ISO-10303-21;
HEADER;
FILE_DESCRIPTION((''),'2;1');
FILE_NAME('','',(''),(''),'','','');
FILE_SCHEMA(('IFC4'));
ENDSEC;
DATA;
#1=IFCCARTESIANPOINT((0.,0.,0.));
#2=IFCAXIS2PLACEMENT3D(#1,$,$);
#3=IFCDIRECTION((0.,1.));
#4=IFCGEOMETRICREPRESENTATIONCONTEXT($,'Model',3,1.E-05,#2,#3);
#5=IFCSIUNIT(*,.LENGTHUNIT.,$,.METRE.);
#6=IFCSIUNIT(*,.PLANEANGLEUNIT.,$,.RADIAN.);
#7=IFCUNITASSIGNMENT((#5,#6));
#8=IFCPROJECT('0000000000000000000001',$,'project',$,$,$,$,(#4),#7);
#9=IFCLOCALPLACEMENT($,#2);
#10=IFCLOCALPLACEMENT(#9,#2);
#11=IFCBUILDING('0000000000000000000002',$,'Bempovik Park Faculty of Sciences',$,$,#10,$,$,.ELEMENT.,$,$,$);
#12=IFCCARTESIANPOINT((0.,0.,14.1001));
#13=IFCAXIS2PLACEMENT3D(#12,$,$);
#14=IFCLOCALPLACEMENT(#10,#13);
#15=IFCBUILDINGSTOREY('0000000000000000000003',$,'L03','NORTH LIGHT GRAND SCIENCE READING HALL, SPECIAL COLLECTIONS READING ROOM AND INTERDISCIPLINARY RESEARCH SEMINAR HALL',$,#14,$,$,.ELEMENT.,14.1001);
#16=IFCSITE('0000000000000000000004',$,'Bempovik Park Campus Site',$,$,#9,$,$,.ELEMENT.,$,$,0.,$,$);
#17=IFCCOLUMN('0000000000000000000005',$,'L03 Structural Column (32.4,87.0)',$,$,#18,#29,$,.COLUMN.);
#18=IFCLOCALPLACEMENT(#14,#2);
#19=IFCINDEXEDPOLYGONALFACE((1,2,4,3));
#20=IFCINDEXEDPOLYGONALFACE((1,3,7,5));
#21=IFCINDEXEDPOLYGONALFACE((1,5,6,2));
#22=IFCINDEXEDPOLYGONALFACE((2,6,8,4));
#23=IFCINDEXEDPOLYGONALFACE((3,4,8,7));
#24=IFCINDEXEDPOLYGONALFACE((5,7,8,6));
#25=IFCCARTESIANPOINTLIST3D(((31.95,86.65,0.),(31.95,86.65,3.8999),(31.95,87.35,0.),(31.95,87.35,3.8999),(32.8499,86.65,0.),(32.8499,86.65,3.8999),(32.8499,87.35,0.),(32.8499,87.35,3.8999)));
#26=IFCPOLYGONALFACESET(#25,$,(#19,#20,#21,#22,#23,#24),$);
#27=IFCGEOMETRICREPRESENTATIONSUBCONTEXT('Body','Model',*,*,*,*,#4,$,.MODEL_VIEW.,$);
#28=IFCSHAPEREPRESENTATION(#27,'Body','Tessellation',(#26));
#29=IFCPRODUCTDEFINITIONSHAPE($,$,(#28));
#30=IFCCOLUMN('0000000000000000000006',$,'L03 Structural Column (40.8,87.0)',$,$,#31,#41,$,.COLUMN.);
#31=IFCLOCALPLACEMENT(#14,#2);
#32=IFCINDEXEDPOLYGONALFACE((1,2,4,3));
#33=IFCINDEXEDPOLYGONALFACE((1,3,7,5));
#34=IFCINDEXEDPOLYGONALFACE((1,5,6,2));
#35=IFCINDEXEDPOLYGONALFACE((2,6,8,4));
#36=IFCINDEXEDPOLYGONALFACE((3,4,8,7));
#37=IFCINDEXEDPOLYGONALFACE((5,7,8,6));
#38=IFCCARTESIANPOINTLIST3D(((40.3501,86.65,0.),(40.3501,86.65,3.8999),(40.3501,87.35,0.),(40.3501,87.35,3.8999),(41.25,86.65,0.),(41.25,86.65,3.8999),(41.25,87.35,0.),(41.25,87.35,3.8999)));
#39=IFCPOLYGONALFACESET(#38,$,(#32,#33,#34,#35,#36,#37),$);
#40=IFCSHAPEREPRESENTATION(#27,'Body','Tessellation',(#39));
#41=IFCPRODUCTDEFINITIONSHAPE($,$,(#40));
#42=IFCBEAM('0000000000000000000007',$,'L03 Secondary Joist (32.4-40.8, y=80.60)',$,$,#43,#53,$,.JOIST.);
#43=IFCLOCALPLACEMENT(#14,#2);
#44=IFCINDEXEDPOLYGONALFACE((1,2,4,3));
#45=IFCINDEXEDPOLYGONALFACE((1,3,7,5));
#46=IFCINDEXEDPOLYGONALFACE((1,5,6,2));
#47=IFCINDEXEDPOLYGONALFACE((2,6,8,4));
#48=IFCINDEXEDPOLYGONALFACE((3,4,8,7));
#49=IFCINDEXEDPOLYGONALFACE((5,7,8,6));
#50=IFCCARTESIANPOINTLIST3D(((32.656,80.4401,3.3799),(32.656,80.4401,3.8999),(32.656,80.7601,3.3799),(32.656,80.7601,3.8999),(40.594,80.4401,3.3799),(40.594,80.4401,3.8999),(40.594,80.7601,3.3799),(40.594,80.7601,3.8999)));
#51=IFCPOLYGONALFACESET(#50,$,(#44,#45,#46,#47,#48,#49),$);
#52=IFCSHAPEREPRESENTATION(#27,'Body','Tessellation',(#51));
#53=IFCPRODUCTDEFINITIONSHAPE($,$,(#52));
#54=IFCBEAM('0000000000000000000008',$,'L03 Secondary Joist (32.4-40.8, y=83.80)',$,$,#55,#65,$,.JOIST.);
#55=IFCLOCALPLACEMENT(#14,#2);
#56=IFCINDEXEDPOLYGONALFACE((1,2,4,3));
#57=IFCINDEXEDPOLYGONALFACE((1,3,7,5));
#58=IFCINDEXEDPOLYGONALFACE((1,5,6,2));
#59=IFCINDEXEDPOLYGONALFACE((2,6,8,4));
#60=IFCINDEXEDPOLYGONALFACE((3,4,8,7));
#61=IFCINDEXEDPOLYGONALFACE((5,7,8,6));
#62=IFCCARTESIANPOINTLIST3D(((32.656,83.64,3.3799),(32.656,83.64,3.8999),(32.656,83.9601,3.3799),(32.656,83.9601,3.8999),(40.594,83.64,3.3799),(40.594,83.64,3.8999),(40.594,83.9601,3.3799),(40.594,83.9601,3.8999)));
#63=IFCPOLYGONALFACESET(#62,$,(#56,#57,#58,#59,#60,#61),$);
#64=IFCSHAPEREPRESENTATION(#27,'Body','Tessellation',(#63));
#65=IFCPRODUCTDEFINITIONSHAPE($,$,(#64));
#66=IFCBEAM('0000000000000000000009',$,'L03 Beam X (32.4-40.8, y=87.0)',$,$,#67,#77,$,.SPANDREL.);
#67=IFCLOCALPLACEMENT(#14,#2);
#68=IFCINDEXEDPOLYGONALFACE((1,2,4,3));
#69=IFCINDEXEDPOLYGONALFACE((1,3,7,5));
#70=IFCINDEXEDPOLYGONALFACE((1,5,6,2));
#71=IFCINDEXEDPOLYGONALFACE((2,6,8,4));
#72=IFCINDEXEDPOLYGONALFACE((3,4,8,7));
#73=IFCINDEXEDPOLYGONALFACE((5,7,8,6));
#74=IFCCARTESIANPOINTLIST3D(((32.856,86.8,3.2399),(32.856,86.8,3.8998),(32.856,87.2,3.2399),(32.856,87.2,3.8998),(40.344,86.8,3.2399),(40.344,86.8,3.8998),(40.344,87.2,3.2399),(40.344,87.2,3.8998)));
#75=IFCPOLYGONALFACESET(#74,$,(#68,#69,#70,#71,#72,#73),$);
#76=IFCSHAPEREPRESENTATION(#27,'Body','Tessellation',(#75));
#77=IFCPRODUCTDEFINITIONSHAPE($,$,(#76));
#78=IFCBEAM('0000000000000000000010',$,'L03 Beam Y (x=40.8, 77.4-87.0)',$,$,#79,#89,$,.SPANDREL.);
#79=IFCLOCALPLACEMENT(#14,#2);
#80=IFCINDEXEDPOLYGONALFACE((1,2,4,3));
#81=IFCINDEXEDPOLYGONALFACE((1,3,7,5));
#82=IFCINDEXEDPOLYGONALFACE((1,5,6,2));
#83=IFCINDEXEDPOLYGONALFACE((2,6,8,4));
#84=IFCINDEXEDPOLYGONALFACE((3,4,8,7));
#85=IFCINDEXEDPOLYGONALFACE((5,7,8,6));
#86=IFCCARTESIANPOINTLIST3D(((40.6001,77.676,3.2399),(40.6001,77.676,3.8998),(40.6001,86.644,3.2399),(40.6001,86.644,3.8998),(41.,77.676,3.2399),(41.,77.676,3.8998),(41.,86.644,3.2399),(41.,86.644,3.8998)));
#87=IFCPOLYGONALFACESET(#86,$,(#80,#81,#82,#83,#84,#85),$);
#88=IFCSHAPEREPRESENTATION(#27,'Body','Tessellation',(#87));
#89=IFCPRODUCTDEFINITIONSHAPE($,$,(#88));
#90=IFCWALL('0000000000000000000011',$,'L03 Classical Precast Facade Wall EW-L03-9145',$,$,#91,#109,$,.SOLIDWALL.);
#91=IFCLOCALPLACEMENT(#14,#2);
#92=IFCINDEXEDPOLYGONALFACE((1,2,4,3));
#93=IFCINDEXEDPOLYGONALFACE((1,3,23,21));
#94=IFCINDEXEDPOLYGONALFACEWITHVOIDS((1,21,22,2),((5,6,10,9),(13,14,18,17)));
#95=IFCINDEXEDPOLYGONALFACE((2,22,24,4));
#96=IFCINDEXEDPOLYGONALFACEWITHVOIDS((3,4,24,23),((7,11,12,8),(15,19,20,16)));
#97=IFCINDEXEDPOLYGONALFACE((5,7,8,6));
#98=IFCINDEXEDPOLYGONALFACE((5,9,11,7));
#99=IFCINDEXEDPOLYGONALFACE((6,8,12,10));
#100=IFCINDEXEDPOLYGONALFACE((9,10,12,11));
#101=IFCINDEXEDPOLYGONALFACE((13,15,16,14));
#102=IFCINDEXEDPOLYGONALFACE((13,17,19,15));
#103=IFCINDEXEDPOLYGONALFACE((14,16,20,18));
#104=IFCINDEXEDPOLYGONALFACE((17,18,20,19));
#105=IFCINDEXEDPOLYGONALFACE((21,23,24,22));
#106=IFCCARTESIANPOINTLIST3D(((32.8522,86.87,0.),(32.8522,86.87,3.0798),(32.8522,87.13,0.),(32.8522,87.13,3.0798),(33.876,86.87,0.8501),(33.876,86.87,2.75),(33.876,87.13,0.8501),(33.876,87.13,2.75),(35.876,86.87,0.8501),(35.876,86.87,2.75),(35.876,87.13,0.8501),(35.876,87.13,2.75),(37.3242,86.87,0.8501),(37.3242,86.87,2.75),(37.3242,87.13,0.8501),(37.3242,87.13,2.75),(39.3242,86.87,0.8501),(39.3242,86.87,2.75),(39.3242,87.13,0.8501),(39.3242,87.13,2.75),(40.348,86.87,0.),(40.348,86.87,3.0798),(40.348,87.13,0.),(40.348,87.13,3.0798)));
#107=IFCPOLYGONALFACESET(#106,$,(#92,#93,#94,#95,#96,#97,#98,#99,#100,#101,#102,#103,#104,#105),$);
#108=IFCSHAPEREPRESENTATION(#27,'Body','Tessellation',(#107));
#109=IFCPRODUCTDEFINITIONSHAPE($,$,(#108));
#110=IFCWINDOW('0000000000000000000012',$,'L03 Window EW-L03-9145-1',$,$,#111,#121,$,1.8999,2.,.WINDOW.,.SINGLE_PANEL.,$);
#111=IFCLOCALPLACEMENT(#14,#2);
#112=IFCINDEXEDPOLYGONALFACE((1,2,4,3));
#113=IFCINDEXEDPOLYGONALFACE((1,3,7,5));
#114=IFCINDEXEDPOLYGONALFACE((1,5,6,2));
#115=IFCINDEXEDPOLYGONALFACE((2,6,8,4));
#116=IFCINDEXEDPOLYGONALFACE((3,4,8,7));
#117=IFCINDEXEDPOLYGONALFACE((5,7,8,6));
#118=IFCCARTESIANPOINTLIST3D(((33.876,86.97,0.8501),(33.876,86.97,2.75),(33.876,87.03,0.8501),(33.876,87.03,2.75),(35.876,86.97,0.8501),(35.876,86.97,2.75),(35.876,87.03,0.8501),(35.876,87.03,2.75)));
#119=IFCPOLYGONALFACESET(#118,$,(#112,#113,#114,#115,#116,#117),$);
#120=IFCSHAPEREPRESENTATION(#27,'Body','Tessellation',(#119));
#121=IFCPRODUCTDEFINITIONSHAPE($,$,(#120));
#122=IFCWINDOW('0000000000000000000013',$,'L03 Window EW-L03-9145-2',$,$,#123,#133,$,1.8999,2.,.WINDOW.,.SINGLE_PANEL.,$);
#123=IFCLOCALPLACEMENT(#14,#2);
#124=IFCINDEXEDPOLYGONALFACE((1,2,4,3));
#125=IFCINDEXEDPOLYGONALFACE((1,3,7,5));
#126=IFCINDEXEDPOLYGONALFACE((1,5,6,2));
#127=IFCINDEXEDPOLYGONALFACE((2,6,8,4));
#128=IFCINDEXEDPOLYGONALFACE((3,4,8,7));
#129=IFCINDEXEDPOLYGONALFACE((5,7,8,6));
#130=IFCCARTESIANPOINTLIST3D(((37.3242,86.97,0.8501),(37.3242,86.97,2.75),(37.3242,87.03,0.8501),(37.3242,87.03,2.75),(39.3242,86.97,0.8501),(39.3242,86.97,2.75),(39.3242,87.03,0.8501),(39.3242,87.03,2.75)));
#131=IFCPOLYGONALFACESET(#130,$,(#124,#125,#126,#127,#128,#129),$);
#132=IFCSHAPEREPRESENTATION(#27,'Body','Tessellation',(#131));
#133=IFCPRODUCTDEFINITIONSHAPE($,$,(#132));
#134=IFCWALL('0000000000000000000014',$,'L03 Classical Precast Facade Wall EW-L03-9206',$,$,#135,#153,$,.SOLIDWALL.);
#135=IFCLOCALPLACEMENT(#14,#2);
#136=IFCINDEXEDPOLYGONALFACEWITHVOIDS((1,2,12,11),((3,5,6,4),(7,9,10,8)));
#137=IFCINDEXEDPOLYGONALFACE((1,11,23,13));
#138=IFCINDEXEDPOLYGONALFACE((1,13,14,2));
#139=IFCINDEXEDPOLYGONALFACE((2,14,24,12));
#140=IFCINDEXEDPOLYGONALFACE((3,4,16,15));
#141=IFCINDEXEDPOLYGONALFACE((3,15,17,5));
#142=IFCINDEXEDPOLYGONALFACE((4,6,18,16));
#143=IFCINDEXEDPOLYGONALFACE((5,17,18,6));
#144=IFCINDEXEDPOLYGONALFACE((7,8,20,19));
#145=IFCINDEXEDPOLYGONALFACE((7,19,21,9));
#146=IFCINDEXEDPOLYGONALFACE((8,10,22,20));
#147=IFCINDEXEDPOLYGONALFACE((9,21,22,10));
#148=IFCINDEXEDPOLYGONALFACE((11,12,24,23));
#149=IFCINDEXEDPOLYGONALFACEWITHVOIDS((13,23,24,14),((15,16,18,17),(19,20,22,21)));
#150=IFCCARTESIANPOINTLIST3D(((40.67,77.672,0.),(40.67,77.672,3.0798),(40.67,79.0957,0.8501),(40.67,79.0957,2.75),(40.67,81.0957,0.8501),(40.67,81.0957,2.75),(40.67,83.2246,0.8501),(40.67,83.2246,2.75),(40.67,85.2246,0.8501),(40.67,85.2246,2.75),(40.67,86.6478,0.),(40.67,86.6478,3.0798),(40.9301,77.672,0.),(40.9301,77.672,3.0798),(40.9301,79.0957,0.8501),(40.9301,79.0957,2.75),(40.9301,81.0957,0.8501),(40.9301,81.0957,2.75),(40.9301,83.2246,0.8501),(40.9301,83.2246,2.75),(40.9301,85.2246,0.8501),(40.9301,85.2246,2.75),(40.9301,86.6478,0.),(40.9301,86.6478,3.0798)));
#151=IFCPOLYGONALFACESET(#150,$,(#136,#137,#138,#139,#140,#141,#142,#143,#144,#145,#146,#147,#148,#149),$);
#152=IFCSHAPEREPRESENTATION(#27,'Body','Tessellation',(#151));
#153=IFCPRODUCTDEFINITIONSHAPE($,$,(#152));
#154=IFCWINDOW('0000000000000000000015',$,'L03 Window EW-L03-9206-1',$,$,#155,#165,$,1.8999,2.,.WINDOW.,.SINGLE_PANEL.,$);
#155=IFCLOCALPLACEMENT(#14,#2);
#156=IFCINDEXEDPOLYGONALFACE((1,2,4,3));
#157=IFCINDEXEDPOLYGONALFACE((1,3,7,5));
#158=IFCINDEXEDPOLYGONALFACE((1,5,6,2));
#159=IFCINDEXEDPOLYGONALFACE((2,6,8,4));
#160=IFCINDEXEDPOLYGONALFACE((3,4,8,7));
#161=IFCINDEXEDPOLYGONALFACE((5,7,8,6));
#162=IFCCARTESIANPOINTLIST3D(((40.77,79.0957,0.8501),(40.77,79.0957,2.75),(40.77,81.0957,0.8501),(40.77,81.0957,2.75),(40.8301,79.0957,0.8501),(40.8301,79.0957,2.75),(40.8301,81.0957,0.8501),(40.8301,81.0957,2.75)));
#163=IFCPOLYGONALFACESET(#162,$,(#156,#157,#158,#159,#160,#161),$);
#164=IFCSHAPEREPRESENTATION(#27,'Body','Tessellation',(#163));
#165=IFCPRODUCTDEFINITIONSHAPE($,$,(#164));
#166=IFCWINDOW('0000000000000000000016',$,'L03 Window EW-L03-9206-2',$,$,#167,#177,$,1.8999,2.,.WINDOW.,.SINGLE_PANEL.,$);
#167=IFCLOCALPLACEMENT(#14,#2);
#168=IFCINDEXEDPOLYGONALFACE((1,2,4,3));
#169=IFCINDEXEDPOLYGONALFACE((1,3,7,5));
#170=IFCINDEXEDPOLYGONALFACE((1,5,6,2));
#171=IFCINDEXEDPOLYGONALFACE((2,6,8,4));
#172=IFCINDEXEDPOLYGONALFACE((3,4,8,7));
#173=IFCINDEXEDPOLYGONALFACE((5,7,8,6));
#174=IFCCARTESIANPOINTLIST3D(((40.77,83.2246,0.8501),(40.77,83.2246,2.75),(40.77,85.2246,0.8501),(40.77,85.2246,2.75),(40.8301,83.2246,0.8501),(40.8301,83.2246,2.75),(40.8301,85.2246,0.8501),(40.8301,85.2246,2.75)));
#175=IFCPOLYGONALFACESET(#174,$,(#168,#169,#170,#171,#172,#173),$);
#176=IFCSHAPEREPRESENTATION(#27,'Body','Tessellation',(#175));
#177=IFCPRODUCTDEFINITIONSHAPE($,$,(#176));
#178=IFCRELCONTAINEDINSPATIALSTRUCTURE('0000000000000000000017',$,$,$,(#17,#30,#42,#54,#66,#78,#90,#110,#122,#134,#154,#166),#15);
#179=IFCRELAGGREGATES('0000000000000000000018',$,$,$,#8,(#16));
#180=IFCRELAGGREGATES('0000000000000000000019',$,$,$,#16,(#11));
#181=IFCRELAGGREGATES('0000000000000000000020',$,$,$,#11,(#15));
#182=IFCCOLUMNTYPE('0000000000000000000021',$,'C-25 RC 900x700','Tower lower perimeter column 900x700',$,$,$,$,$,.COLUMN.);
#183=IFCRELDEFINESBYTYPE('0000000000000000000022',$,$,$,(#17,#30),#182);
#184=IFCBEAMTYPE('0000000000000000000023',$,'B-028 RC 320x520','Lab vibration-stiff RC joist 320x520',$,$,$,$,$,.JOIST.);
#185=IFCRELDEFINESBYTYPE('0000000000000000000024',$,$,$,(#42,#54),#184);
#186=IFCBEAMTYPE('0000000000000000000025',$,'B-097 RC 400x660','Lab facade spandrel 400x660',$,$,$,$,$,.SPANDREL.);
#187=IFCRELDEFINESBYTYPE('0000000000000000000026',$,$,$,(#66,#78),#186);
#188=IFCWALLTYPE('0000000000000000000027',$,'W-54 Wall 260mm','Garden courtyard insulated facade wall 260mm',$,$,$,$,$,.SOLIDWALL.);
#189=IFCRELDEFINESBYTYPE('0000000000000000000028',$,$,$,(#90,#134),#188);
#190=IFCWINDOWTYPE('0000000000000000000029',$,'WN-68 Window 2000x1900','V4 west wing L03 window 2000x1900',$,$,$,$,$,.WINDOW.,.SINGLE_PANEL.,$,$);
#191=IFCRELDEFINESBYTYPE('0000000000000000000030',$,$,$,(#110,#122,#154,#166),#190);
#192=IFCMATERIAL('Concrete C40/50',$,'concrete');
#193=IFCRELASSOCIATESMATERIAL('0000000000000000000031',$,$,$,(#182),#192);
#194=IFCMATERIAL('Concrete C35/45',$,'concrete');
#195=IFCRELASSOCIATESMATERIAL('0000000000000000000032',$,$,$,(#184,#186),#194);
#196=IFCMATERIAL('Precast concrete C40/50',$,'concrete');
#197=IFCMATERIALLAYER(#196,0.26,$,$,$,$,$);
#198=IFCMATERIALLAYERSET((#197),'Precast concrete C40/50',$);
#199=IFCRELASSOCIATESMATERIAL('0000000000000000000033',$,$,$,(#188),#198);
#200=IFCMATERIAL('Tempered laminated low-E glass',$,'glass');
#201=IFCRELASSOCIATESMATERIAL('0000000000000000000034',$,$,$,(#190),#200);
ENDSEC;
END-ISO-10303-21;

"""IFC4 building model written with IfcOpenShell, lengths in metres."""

from ifc_helpers import new_model, si_unit, direction, frame, frame_2d, origin, origin_2d, place, context, subcontext, project, spatial, rectangle, extrude, material, layer, layer_set, material_profile, profile_set, type_object, element, fill, save


model = new_model("IFC4")

# Units and contexts
model_context = context("Model", 3, precision=1e-05, world=origin(), true_north=direction((0.0, 1.0)))
body_context = subcontext(model_context, "Body", "Model", "MODEL_VIEW")
ifc_project = project(units=[si_unit("LENGTHUNIT", "METRE"), si_unit("PLANEANGLEUNIT", "RADIAN")], contexts=[model_context])

# Site, building, storey
site_placement = place(None, origin())
site = spatial("IfcSite", under=ifc_project, at=site_placement, Name="Bempovik Park Campus Site", CompositionType="ELEMENT", RefElevation=0.0)
building_placement = place(site_placement, origin())
building = spatial("IfcBuilding", under=site, at=building_placement, Name="Bempovik Park Faculty of Sciences", CompositionType="ELEMENT")
storey_placement = place(building_placement, frame((0.0, 0.0, 14.1001)))
storey = spatial("IfcBuildingStorey", under=building, at=storey_placement, Name="L03", Description="NORTH LIGHT GRAND SCIENCE READING HALL, SPECIAL COLLECTIONS READING ROOM AND INTERDISCIPLINARY RESEARCH SEMINAR HALL", CompositionType="ELEMENT", Elevation=14.1001)

# Columns
ifc_material_1 = material(Name="Concrete C40/50", Category="concrete")
ifc_material_profile_1 = material_profile(ifc_material_1, rectangle(XDim=0.8999, YDim=0.7, at=origin_2d()), Name="RC 900x700")
ifc_profile_set_1 = profile_set([ifc_material_profile_1], Name="Concrete C40/50")
column_type = type_object("IfcColumnType", Name="C-25 RC 900x700", Description="Tower lower perimeter column 900x700", PredefinedType="COLUMN", material=ifc_profile_set_1)
for number, where, z_axis, x_axis, name in (
    (1, (32.3999, 87.0, 0.0), (0.0, 0.0, 1.0), (1.0, 0.0, 0.0), "L03 Structural Column (32.4,87.0)"),
    (2, (40.8, 87.0, 0.0), (0.0, 0.0, 1.0), (1.0, 0.0, 0.0), "L03 Structural Column (40.8,87.0)"),
):
    element("IfcColumn", number, at=place(storey_placement, frame(where, z_axis=z_axis, x_axis=x_axis)), inside=storey, type_object=column_type, Name=name, PredefinedType="COLUMN", context=body_context, shape_type="SweptSolid", body=[
        extrude(rectangle(XDim=0.8999, YDim=0.7, at=origin_2d()), origin(), (0.0, 0.0, 1.0), 3.8999),
    ])

# Beams
ifc_material_2 = material(Name="Concrete C35/45", Category="concrete")
ifc_material_profile_2 = material_profile(ifc_material_2, rectangle(XDim=0.3201, YDim=0.52, at=origin_2d()), Name="RC 320x520")
ifc_profile_set_2 = profile_set([ifc_material_profile_2], Name="Concrete C35/45")
beam_type_1 = type_object("IfcBeamType", Name="B-028 RC 320x520", Description="Lab vibration-stiff RC joist 320x520", PredefinedType="JOIST", material=ifc_profile_set_2)
for number, where, z_axis, x_axis, name in (
    (3, (32.656, 80.6001, 3.6399), (1.0, 0.0, 0.0), (0.0, 1.0, 0.0), "L03 Secondary Joist (32.4-40.8, y=80.60)"),
    (4, (32.656, 83.8, 3.6399), (1.0, 0.0, 0.0), (0.0, 1.0, 0.0), "L03 Secondary Joist (32.4-40.8, y=83.80)"),
):
    element("IfcBeam", number, at=place(storey_placement, frame(where, z_axis=z_axis, x_axis=x_axis)), inside=storey, type_object=beam_type_1, Name=name, PredefinedType="JOIST", context=body_context, shape_type="SweptSolid", body=[
        extrude(rectangle(XDim=0.3201, YDim=0.52, at=origin_2d()), origin(), (0.0, 0.0, 1.0), 7.938),
    ])
ifc_material_profile_3 = material_profile(ifc_material_2, rectangle(XDim=0.3999, YDim=0.6599, at=origin_2d()), Name="RC 400x660")
ifc_profile_set_3 = profile_set([ifc_material_profile_3], Name="Concrete C35/45")
beam_type_2 = type_object("IfcBeamType", Name="B-097 RC 400x660", Description="Lab facade spandrel 400x660", PredefinedType="SPANDREL", material=ifc_profile_set_3)
beam_1_placement = place(storey_placement, frame((32.856, 87.0, 3.5698), z_axis=(1.0, 0.0, 0.0), x_axis=(0.0, 1.0, 0.0)))
element("IfcBeam", 5, at=beam_1_placement, inside=storey, type_object=beam_type_2, Name="L03 Beam X (32.4-40.8, y=87.0)", PredefinedType="SPANDREL", context=body_context, shape_type="SweptSolid", body=[
    extrude(rectangle(XDim=0.3999, YDim=0.6599, at=origin_2d()), origin(), (0.0, 0.0, 1.0), 7.488),
])
beam_2_placement = place(storey_placement, frame((40.8, 77.676, 3.5698), z_axis=(0.0, 1.0, 0.0), x_axis=(-1.0, 0.0, 0.0)))
element("IfcBeam", 6, at=beam_2_placement, inside=storey, type_object=beam_type_2, Name="L03 Beam Y (x=40.8, 77.4-87.0)", PredefinedType="SPANDREL", context=body_context, shape_type="SweptSolid", body=[
    extrude(rectangle(XDim=0.3999, YDim=0.6599, at=origin_2d()), origin(), (0.0, 0.0, 1.0), 8.968),
])

# Walls, openings, windows
ifc_material_3 = material(Name="Precast concrete C40/50", Category="concrete")
ifc_layer_1 = layer(ifc_material_3, 0.26)
ifc_layer_set_1 = layer_set([ifc_layer_1], Name="Precast concrete C40/50")
wall_type = type_object("IfcWallType", Name="W-54 Wall 260mm", Description="Garden courtyard insulated facade wall 260mm", PredefinedType="SOLIDWALL", material=ifc_layer_set_1)
wall_1_placement = place(storey_placement, frame((32.8521, 87.0, 0.0), z_axis=(0.0, 0.0, 1.0), x_axis=(1.0, 0.0, 0.0)))
wall_1 = element("IfcWall", 7, at=wall_1_placement, inside=storey, type_object=wall_type, Name="L03 Classical Precast Facade Wall EW-L03-9145", PredefinedType="SOLIDWALL", context=body_context, shape_type="SweptSolid", body=[
    extrude(rectangle(XDim=7.4958, YDim=0.26, at=frame_2d((3.748, 0.0))), origin(), (0.0, 0.0, 1.0), 3.0798),
])
opening_1_placement = place(wall_1_placement, frame((1.0239, 0.0, 0.8501)))
opening_1 = element("IfcOpeningElement", 8, at=opening_1_placement, cuts=wall_1, PredefinedType="OPENING", context=body_context, shape_type="SweptSolid", body=[
    extrude(rectangle(XDim=2.0, YDim=1.8999, at=frame_2d((1.0, 0.95))), frame((0.0, 0.1401, 0.0), z_axis=(0.0, -1.0, 0.0), x_axis=(1.0, 0.0, 0.0)), (0.0, 0.0, 1.0), 0.28),
])
opening_2_placement = place(wall_1_placement, frame((4.4722, 0.0, 0.8501)))
opening_2 = element("IfcOpeningElement", 9, at=opening_2_placement, cuts=wall_1, PredefinedType="OPENING", context=body_context, shape_type="SweptSolid", body=[
    extrude(rectangle(XDim=2.0, YDim=1.8999, at=frame_2d((1.0, 0.95))), frame((0.0, 0.1401, 0.0), z_axis=(0.0, -1.0, 0.0), x_axis=(1.0, 0.0, 0.0)), (0.0, 0.0, 1.0), 0.28),
])
ifc_material_4 = material(Name="Tempered laminated low-E glass", Category="glass")
window_type = type_object("IfcWindowType", Name="WN-68 Window 2000x1900", Description="V4 west wing L03 window 2000x1900", PartitioningType="SINGLE_PANEL", PredefinedType="WINDOW", material=ifc_material_4)
window_1_placement = place(opening_1_placement, origin())
window_1 = element("IfcWindow", 10, at=window_1_placement, inside=storey, type_object=window_type, Name="L03 Window EW-L03-9145-1", OverallHeight=1.8999, OverallWidth=2.0, PartitioningType="SINGLE_PANEL", PredefinedType="WINDOW", context=body_context, shape_type="SweptSolid", body=[
    extrude(rectangle(XDim=2.0, YDim=1.8999, at=frame_2d((1.0, 0.95))), frame((0.0, 0.03, 0.0), z_axis=(0.0, -1.0, 0.0), x_axis=(1.0, 0.0, 0.0)), (0.0, 0.0, 1.0), 0.0601),
])
fill(opening_1, window_1)
window_2_placement = place(opening_2_placement, origin())
window_2 = element("IfcWindow", 11, at=window_2_placement, inside=storey, type_object=window_type, Name="L03 Window EW-L03-9145-2", OverallHeight=1.8999, OverallWidth=2.0, PartitioningType="SINGLE_PANEL", PredefinedType="WINDOW", context=body_context, shape_type="SweptSolid", body=[
    extrude(rectangle(XDim=2.0, YDim=1.8999, at=frame_2d((1.0, 0.95))), frame((0.0, 0.03, 0.0), z_axis=(0.0, -1.0, 0.0), x_axis=(1.0, 0.0, 0.0)), (0.0, 0.0, 1.0), 0.0601),
])
fill(opening_2, window_2)
wall_2_placement = place(storey_placement, frame((40.8, 77.6721, 0.0), z_axis=(0.0, 0.0, 1.0), x_axis=(0.0, 1.0, 0.0)))
wall_2 = element("IfcWall", 12, at=wall_2_placement, inside=storey, type_object=wall_type, Name="L03 Classical Precast Facade Wall EW-L03-9206", PredefinedType="SOLIDWALL", context=body_context, shape_type="SweptSolid", body=[
    extrude(rectangle(XDim=8.9758, YDim=0.26, at=frame_2d((4.4878, 0.0))), origin(), (0.0, 0.0, 1.0), 3.0798),
])
opening_3_placement = place(wall_2_placement, frame((1.4236, 0.0, 0.8501)))
opening_3 = element("IfcOpeningElement", 13, at=opening_3_placement, cuts=wall_2, PredefinedType="OPENING", context=body_context, shape_type="SweptSolid", body=[
    extrude(rectangle(XDim=2.0, YDim=1.8999, at=frame_2d((1.0, 0.95))), frame((0.0, 0.1401, 0.0), z_axis=(0.0, -1.0, 0.0), x_axis=(1.0, 0.0, 0.0)), (0.0, 0.0, 1.0), 0.28),
])
opening_4_placement = place(wall_2_placement, frame((5.5525, 0.0, 0.8501)))
opening_4 = element("IfcOpeningElement", 14, at=opening_4_placement, cuts=wall_2, PredefinedType="OPENING", context=body_context, shape_type="SweptSolid", body=[
    extrude(rectangle(XDim=2.0, YDim=1.8999, at=frame_2d((1.0, 0.95))), frame((0.0, 0.1401, 0.0), z_axis=(0.0, -1.0, 0.0), x_axis=(1.0, 0.0, 0.0)), (0.0, 0.0, 1.0), 0.28),
])
window_3_placement = place(opening_3_placement, origin())
window_3 = element("IfcWindow", 15, at=window_3_placement, inside=storey, type_object=window_type, Name="L03 Window EW-L03-9206-1", OverallHeight=1.8999, OverallWidth=2.0, PartitioningType="SINGLE_PANEL", PredefinedType="WINDOW", context=body_context, shape_type="SweptSolid", body=[
    extrude(rectangle(XDim=2.0, YDim=1.8999, at=frame_2d((1.0, 0.95))), frame((0.0, 0.03, 0.0), z_axis=(0.0, -1.0, 0.0), x_axis=(1.0, 0.0, 0.0)), (0.0, 0.0, 1.0), 0.0601),
])
fill(opening_3, window_3)
window_4_placement = place(opening_4_placement, origin())
window_4 = element("IfcWindow", 16, at=window_4_placement, inside=storey, type_object=window_type, Name="L03 Window EW-L03-9206-2", OverallHeight=1.8999, OverallWidth=2.0, PartitioningType="SINGLE_PANEL", PredefinedType="WINDOW", context=body_context, shape_type="SweptSolid", body=[
    extrude(rectangle(XDim=2.0, YDim=1.8999, at=frame_2d((1.0, 0.95))), frame((0.0, 0.03, 0.0), z_axis=(0.0, -1.0, 0.0), x_axis=(1.0, 0.0, 0.0)), (0.0, 0.0, 1.0), 0.0601),
])
fill(opening_4, window_4)

save(model, "model.ifc")
